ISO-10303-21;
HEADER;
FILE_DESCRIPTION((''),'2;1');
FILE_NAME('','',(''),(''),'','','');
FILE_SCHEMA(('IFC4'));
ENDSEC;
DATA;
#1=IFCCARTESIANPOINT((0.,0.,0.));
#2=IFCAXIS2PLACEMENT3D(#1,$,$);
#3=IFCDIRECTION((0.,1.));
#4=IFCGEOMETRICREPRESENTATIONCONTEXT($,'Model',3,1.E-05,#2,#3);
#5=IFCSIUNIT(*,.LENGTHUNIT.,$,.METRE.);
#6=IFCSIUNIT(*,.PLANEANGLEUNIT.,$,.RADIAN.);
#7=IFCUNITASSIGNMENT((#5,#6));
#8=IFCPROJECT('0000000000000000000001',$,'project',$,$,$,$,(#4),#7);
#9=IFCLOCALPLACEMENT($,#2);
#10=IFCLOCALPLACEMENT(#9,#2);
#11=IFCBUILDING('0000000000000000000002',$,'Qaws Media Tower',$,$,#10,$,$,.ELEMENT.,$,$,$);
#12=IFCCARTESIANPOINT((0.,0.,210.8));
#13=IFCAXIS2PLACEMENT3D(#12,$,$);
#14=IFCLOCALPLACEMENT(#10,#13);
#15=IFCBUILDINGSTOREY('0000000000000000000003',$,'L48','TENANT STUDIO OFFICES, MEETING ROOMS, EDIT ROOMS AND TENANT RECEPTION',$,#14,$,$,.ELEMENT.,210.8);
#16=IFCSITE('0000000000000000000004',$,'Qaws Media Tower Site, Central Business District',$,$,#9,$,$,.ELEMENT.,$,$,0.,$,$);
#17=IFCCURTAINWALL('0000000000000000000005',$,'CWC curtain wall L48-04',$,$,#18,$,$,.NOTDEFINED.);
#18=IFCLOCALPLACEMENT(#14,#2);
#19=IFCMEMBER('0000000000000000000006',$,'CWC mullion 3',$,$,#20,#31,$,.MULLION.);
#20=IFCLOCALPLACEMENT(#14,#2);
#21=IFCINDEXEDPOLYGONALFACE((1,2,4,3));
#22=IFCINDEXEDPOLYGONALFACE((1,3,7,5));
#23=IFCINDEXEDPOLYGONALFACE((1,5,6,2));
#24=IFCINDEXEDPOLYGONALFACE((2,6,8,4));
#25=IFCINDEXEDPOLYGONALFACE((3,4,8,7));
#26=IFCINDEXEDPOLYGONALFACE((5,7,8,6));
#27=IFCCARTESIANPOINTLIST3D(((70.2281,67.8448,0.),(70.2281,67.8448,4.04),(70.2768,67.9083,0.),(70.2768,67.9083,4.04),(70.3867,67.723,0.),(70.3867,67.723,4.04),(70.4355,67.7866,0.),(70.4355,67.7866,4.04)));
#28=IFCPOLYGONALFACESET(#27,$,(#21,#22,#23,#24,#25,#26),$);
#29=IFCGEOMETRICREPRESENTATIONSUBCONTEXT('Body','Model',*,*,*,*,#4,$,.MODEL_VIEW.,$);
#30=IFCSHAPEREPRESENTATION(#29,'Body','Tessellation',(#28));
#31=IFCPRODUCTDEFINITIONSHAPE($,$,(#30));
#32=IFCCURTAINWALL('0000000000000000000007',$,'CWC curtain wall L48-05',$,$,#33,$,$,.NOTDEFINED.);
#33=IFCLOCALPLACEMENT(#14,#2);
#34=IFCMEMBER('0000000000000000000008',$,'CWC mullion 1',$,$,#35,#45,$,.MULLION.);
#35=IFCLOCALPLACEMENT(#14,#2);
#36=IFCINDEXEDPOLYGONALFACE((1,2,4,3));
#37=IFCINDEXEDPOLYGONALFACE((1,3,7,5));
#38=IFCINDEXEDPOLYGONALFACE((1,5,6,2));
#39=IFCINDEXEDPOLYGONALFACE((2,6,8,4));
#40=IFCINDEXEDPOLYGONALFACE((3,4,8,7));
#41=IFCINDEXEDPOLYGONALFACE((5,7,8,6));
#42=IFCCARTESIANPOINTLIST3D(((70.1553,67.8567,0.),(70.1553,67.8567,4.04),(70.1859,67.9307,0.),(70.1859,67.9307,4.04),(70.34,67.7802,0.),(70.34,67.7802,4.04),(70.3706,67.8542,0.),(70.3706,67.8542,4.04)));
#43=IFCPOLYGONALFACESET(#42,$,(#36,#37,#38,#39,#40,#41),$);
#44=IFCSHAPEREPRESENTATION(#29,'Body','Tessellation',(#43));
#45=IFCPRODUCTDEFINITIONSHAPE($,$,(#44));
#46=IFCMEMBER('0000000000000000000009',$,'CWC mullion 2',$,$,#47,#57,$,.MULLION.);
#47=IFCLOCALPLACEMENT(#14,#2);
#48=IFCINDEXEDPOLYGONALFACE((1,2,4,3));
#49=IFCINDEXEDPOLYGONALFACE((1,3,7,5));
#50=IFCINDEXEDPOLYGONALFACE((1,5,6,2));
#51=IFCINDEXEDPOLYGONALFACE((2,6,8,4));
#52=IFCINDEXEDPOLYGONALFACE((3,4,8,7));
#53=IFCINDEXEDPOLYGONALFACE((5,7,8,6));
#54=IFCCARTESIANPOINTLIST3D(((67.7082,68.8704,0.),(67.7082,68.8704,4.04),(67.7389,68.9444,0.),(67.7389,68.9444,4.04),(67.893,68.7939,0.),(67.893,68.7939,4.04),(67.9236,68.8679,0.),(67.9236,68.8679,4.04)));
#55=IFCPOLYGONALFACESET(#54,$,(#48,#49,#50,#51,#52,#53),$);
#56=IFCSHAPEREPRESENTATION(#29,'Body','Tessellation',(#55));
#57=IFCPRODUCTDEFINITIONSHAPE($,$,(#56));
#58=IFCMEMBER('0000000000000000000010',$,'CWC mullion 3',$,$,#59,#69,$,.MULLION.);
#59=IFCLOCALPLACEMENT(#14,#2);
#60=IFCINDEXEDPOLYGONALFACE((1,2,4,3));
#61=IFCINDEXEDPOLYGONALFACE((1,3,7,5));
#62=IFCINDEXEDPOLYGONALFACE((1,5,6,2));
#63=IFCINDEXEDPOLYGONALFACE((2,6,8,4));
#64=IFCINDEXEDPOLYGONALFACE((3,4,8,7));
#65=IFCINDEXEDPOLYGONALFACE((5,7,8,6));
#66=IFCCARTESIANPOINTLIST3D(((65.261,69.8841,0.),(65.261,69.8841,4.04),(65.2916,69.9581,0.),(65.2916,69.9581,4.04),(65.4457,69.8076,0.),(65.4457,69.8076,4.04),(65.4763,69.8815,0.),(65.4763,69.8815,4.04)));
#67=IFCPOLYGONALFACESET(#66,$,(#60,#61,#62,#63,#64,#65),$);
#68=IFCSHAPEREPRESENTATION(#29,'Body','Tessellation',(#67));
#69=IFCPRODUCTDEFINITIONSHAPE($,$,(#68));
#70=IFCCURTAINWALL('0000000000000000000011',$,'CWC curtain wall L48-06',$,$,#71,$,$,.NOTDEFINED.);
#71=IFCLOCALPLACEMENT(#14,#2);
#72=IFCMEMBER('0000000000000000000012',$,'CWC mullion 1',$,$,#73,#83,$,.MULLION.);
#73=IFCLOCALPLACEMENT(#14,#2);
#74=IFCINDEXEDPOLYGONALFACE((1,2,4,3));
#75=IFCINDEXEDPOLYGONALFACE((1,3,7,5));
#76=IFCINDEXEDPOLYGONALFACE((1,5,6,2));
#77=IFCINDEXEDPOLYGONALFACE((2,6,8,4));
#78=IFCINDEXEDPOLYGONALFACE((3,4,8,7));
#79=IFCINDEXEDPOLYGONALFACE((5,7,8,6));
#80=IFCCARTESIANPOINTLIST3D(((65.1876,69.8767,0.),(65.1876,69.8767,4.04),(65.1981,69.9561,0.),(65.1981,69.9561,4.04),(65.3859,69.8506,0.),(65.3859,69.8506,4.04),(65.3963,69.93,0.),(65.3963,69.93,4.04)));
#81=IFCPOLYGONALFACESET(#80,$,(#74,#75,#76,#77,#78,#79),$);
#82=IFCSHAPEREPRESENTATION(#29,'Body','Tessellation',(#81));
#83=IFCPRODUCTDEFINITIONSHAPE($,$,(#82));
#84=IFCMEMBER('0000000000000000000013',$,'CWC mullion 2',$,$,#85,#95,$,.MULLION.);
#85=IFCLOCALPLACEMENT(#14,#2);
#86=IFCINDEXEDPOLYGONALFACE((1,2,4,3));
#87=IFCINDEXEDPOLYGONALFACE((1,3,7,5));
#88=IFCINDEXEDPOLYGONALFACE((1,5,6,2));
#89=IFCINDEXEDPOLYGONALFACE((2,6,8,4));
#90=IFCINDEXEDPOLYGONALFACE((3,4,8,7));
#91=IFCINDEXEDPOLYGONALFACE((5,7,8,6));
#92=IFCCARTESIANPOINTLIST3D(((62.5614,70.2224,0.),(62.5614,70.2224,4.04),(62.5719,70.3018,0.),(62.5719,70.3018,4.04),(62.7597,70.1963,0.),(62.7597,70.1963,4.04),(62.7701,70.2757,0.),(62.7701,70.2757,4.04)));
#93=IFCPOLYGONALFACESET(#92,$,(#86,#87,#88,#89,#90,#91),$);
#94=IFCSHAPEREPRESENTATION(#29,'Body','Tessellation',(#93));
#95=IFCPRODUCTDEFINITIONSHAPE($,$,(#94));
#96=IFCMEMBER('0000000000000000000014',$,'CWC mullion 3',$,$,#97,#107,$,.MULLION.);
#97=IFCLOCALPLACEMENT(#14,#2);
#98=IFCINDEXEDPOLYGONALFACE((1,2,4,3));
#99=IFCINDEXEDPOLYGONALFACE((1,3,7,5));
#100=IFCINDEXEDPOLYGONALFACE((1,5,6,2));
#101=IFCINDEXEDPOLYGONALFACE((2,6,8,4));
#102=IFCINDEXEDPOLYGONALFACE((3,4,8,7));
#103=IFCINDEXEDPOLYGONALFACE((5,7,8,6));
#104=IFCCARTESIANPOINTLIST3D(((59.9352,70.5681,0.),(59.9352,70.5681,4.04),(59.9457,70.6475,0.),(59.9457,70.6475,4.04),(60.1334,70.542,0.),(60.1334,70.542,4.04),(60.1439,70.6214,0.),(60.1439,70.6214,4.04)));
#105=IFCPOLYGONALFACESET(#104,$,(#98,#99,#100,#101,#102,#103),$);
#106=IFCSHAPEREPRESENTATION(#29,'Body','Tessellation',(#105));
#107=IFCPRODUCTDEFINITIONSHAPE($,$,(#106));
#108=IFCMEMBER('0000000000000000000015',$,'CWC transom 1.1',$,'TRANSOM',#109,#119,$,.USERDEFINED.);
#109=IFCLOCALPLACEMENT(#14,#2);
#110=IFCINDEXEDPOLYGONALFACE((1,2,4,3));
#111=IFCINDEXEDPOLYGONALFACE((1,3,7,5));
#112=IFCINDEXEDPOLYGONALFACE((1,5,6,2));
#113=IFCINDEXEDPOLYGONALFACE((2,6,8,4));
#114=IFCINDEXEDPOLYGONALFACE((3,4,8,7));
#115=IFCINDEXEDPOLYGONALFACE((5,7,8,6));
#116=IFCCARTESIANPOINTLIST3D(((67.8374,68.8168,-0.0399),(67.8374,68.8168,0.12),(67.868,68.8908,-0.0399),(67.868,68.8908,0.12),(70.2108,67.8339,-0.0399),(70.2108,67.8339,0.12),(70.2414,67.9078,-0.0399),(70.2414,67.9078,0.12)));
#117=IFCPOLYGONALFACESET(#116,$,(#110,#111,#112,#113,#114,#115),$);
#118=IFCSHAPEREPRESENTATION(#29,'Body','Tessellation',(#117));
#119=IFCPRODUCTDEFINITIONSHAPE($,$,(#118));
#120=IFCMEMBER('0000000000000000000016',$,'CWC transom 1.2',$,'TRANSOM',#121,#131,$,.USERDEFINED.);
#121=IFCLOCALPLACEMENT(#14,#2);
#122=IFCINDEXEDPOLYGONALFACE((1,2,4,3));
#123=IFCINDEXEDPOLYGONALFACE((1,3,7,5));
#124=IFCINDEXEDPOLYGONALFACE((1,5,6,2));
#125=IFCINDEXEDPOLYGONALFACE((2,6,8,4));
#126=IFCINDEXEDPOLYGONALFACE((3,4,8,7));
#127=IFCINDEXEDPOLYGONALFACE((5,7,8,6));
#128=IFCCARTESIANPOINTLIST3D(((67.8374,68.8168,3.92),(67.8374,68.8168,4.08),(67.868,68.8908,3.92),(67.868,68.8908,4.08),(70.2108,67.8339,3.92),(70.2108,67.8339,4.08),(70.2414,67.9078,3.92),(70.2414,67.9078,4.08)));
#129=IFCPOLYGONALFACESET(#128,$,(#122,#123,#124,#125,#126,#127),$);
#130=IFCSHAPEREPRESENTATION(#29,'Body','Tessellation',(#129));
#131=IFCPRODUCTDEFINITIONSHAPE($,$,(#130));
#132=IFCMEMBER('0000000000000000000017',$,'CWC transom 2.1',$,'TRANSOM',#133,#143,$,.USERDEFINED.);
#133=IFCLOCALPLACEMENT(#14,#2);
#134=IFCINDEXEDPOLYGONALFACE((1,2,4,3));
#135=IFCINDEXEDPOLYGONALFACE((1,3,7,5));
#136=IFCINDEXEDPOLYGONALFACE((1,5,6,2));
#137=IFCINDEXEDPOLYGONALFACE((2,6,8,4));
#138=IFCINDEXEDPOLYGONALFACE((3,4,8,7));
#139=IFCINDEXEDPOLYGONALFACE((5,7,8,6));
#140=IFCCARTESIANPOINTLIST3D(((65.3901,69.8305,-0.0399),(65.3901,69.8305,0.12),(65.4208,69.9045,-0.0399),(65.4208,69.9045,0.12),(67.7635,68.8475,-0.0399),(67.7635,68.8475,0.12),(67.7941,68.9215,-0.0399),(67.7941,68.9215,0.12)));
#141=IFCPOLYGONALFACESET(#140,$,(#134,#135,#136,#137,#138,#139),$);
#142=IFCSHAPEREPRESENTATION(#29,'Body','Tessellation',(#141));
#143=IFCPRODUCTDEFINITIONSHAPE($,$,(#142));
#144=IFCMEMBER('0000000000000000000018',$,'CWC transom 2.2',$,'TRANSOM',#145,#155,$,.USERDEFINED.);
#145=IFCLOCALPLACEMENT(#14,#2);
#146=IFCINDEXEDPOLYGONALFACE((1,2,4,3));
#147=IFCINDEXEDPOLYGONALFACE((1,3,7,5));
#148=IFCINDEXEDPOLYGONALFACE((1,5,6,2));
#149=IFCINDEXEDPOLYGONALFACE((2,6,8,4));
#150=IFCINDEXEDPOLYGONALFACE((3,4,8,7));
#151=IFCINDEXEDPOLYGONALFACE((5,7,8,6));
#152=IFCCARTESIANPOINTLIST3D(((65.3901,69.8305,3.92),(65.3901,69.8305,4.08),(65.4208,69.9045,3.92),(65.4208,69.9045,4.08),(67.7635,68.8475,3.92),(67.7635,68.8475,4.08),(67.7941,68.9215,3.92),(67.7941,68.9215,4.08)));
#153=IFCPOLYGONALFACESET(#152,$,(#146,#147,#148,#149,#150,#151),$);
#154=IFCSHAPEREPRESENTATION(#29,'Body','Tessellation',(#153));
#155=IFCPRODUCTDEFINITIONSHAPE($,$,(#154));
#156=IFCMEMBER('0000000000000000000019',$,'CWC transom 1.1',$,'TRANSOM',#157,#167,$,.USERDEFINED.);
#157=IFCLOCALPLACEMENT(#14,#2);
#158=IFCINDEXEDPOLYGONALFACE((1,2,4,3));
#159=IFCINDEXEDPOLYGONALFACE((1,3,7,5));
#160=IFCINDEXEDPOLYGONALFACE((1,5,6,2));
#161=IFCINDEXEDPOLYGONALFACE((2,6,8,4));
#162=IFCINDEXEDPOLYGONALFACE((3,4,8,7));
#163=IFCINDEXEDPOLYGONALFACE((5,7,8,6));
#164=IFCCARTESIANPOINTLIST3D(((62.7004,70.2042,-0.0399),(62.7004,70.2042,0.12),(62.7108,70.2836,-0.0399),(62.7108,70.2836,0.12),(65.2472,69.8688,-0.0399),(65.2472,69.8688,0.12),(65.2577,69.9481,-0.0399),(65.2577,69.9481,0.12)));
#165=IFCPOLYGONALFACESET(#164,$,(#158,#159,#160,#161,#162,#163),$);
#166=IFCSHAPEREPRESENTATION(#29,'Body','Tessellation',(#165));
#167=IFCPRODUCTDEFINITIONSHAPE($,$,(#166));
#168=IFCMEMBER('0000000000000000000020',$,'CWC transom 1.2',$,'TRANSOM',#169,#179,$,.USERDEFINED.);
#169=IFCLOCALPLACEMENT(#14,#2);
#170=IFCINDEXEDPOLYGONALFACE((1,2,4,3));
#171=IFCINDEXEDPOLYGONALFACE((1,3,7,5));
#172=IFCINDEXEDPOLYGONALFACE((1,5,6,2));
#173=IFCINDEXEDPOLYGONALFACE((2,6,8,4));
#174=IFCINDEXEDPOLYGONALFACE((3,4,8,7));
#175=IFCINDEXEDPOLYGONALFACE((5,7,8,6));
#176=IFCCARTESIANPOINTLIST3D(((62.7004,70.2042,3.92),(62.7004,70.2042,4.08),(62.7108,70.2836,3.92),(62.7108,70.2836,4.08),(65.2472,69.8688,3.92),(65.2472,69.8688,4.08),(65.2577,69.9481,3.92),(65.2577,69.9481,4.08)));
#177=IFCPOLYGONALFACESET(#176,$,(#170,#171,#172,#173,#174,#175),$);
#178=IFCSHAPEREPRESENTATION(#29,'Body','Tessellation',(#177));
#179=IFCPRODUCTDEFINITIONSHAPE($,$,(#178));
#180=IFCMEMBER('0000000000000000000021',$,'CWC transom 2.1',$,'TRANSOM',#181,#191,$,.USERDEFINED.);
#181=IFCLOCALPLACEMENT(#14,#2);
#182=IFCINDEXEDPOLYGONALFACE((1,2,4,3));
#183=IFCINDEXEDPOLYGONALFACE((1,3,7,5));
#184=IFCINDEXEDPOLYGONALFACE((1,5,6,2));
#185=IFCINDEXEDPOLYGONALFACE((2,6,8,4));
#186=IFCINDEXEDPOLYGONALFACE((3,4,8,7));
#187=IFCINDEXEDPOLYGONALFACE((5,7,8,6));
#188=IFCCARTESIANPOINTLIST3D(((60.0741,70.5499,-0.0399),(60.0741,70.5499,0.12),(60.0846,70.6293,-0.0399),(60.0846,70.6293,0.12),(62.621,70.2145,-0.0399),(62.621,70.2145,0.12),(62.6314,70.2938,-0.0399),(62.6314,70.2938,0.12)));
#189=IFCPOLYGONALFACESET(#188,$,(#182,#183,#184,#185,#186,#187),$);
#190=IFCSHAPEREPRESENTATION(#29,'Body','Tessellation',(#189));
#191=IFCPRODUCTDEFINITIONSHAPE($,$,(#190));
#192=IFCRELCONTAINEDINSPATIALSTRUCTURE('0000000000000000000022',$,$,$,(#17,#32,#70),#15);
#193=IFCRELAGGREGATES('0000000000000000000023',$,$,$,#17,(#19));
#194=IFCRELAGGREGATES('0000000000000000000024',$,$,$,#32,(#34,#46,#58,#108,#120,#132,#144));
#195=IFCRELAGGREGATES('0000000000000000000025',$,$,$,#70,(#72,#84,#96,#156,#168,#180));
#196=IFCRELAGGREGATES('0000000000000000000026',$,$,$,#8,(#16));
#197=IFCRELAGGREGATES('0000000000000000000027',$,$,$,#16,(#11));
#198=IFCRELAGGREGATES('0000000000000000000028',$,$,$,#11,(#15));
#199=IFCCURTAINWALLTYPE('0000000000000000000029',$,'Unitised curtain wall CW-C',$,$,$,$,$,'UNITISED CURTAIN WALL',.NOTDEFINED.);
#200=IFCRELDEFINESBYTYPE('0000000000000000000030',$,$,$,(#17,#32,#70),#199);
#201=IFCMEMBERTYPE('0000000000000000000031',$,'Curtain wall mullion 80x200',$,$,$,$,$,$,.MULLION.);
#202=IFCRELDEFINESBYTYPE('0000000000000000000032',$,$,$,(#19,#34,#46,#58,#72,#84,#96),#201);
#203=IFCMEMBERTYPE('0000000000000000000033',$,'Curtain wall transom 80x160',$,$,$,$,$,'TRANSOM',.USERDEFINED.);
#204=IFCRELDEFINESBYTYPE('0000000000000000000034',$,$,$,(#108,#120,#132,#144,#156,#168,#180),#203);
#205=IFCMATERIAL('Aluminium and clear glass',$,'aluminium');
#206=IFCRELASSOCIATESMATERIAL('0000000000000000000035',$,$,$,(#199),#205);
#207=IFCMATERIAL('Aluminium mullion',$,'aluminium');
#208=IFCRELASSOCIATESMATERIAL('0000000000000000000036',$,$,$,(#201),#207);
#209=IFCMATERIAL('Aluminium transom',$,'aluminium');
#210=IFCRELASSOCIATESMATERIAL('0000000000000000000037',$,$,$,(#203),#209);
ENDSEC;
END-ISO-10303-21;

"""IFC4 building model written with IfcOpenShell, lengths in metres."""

from ifc_helpers import new_model, si_unit, direction, frame, origin, origin_2d, place, context, subcontext, project, spatial, rectangle, extrude, material, material_profile, profile_set, type_object, element, aggregate, save


model = new_model("IFC4")

# Units and contexts
model_context = context("Model", 3, precision=1e-05, world=origin(), true_north=direction((0.0, 1.0)))
body_context = subcontext(model_context, "Body", "Model", "MODEL_VIEW")
ifc_project = project(units=[si_unit("LENGTHUNIT", "METRE"), si_unit("PLANEANGLEUNIT", "RADIAN")], contexts=[model_context])

# Site, building, storey
site_placement = place(None, origin())
site = spatial("IfcSite", under=ifc_project, at=site_placement, Name="Qaws Media Tower Site, Central Business District", CompositionType="ELEMENT", RefElevation=0.0)
building_placement = place(site_placement, origin())
building = spatial("IfcBuilding", under=site, at=building_placement, Name="Qaws Media Tower", CompositionType="ELEMENT")
storey_placement = place(building_placement, frame((0.0, 0.0, 210.8)))
storey = spatial("IfcBuildingStorey", under=building, at=storey_placement, Name="L48", Description="TENANT STUDIO OFFICES, MEETING ROOMS, EDIT ROOMS AND TENANT RECEPTION", CompositionType="ELEMENT", Elevation=210.8)

# Curtain wall, member
ifc_material_1 = material(Name="Aluminium and clear glass", Category="aluminium")
curtain_wall_type = type_object("IfcCurtainWallType", Name="Unitised curtain wall CW-C", ElementType="UNITISED CURTAIN WALL", PredefinedType="NOTDEFINED", material=ifc_material_1)
curtain_wall_1_placement = place(storey_placement, origin())
curtain_wall_1 = element("IfcCurtainWall", 1, at=curtain_wall_1_placement, inside=storey, type_object=curtain_wall_type, Name="CWC curtain wall L48-04", PredefinedType="NOTDEFINED")
ifc_material_2 = material(Name="Aluminium mullion", Category="aluminium")
ifc_material_profile_1 = material_profile(ifc_material_2, rectangle(XDim=0.0801, YDim=0.2, at=origin_2d()), Name="80x200")
ifc_profile_set_1 = profile_set([ifc_material_profile_1], Name="Aluminium mullion")
member_type_1 = type_object("IfcMemberType", Name="Curtain wall mullion 80x200", PredefinedType="MULLION", material=ifc_profile_set_1)
member_1_placement = place(storey_placement, frame((70.3318, 67.8157, 0.0), z_axis=(0.0, 0.0, 1.0), x_axis=(-0.608761, -0.793353, 0.0)))
member_1 = element("IfcMember", 2, at=member_1_placement, type_object=member_type_1, Name="CWC mullion 3", PredefinedType="MULLION", context=body_context, shape_type="SweptSolid", body=[
    extrude(rectangle(XDim=0.0801, YDim=0.2, at=origin_2d()), origin(), (0.0, 0.0, 1.0), 4.04),
])
aggregate(curtain_wall_1, [member_1])

# Curtain walls, members
curtain_wall_2_placement = place(storey_placement, origin())
curtain_wall_2 = element("IfcCurtainWall", 3, at=curtain_wall_2_placement, inside=storey, type_object=curtain_wall_type, Name="CWC curtain wall L48-05", PredefinedType="NOTDEFINED")
member_2_placement = place(storey_placement, frame((70.2629, 67.8555, 0.0), z_axis=(0.0, 0.0, 1.0), x_axis=(-0.382683, -0.92388, 0.0)))
member_2 = element("IfcMember", 4, at=member_2_placement, type_object=member_type_1, Name="CWC mullion 1", PredefinedType="MULLION", context=body_context, shape_type="SweptSolid", body=[
    extrude(rectangle(XDim=0.0801, YDim=0.2, at=origin_2d()), origin(), (0.0, 0.0, 1.0), 4.04),
])
member_3_placement = place(storey_placement, frame((67.8159, 68.8691, 0.0), z_axis=(0.0, 0.0, 1.0), x_axis=(-0.382683, -0.92388, 0.0)))
member_3 = element("IfcMember", 5, at=member_3_placement, type_object=member_type_1, Name="CWC mullion 2", PredefinedType="MULLION", context=body_context, shape_type="SweptSolid", body=[
    extrude(rectangle(XDim=0.0801, YDim=0.2, at=origin_2d()), origin(), (0.0, 0.0, 1.0), 4.04),
])
member_4_placement = place(storey_placement, frame((65.3687, 69.8828, 0.0), z_axis=(0.0, 0.0, 1.0), x_axis=(-0.382683, -0.92388, 0.0)))
member_4 = element("IfcMember", 6, at=member_4_placement, type_object=member_type_1, Name="CWC mullion 3", PredefinedType="MULLION", context=body_context, shape_type="SweptSolid", body=[
    extrude(rectangle(XDim=0.0801, YDim=0.2, at=origin_2d()), origin(), (0.0, 0.0, 1.0), 4.04),
])
curtain_wall_3_placement = place(storey_placement, origin())
curtain_wall_3 = element("IfcCurtainWall", 7, at=curtain_wall_3_placement, inside=storey, type_object=curtain_wall_type, Name="CWC curtain wall L48-06", PredefinedType="NOTDEFINED")
member_5_placement = place(storey_placement, frame((65.292, 69.9033, 0.0), z_axis=(0.0, 0.0, 1.0), x_axis=(-0.130526, -0.991445, 0.0)))
member_5 = element("IfcMember", 8, at=member_5_placement, type_object=member_type_1, Name="CWC mullion 1", PredefinedType="MULLION", context=body_context, shape_type="SweptSolid", body=[
    extrude(rectangle(XDim=0.0801, YDim=0.2, at=origin_2d()), origin(), (0.0, 0.0, 1.0), 4.04),
])
member_6_placement = place(storey_placement, frame((62.6658, 70.249, 0.0), z_axis=(0.0, 0.0, 1.0), x_axis=(-0.130526, -0.991445, 0.0)))
member_6 = element("IfcMember", 9, at=member_6_placement, type_object=member_type_1, Name="CWC mullion 2", PredefinedType="MULLION", context=body_context, shape_type="SweptSolid", body=[
    extrude(rectangle(XDim=0.0801, YDim=0.2, at=origin_2d()), origin(), (0.0, 0.0, 1.0), 4.04),
])
member_7_placement = place(storey_placement, frame((60.0396, 70.5947, 0.0), z_axis=(0.0, 0.0, 1.0), x_axis=(-0.130526, -0.991445, 0.0)))
member_7 = element("IfcMember", 10, at=member_7_placement, type_object=member_type_1, Name="CWC mullion 3", PredefinedType="MULLION", context=body_context, shape_type="SweptSolid", body=[
    extrude(rectangle(XDim=0.0801, YDim=0.2, at=origin_2d()), origin(), (0.0, 0.0, 1.0), 4.04),
])

# Members
ifc_material_3 = material(Name="Aluminium transom", Category="aluminium")
ifc_material_profile_2 = material_profile(ifc_material_3, rectangle(XDim=0.0801, YDim=0.1599, at=origin_2d()), Name="80x160")
ifc_profile_set_2 = profile_set([ifc_material_profile_2], Name="Aluminium transom")
member_type_2 = type_object("IfcMemberType", Name="Curtain wall transom 80x160", ElementType="TRANSOM", PredefinedType="USERDEFINED", material=ifc_profile_set_2)
member_8_placement = place(storey_placement, frame((70.2261, 67.8708, 0.04), z_axis=(-0.923899, 0.382637, 0.0), x_axis=(-0.382637, -0.923899, 0.0)))
member_8 = element("IfcMember", 11, at=member_8_placement, type_object=member_type_2, Name="CWC transom 1.1", ObjectType="TRANSOM", PredefinedType="USERDEFINED", context=body_context, shape_type="SweptSolid", body=[
    extrude(rectangle(XDim=0.0801, YDim=0.1599, at=origin_2d()), origin(), (0.0, 0.0, 1.0), 2.5688),
])
member_9_placement = place(storey_placement, frame((70.2261, 67.8708, 4.0), z_axis=(-0.923899, 0.382637, 0.0), x_axis=(-0.382637, -0.923899, 0.0)))
member_9 = element("IfcMember", 12, at=member_9_placement, type_object=member_type_2, Name="CWC transom 1.2", ObjectType="TRANSOM", PredefinedType="USERDEFINED", context=body_context, shape_type="SweptSolid", body=[
    extrude(rectangle(XDim=0.0801, YDim=0.1599, at=origin_2d()), origin(), (0.0, 0.0, 1.0), 2.5688),
])
member_10_placement = place(storey_placement, frame((67.7788, 68.8845, 0.04), z_axis=(-0.923899, 0.382637, 0.0), x_axis=(-0.382637, -0.923899, 0.0)))
member_10 = element("IfcMember", 13, at=member_10_placement, type_object=member_type_2, Name="CWC transom 2.1", ObjectType="TRANSOM", PredefinedType="USERDEFINED", context=body_context, shape_type="SweptSolid", body=[
    extrude(rectangle(XDim=0.0801, YDim=0.1599, at=origin_2d()), origin(), (0.0, 0.0, 1.0), 2.5688),
])
member_11_placement = place(storey_placement, frame((67.7788, 68.8845, 4.0), z_axis=(-0.923899, 0.382637, 0.0), x_axis=(-0.382637, -0.923899, 0.0)))
member_11 = element("IfcMember", 14, at=member_11_placement, type_object=member_type_2, Name="CWC transom 2.2", ObjectType="TRANSOM", PredefinedType="USERDEFINED", context=body_context, shape_type="SweptSolid", body=[
    extrude(rectangle(XDim=0.0801, YDim=0.1599, at=origin_2d()), origin(), (0.0, 0.0, 1.0), 2.5688),
])
member_12_placement = place(storey_placement, frame((65.2524, 69.9084, 0.04), z_axis=(-0.991437, 0.130582, 0.0), x_axis=(-0.130582, -0.991437, 0.0)))
member_12 = element("IfcMember", 15, at=member_12_placement, type_object=member_type_2, Name="CWC transom 1.1", ObjectType="TRANSOM", PredefinedType="USERDEFINED", context=body_context, shape_type="SweptSolid", body=[
    extrude(rectangle(XDim=0.0801, YDim=0.1599, at=origin_2d()), origin(), (0.0, 0.0, 1.0), 2.5688),
])
member_13_placement = place(storey_placement, frame((65.2524, 69.9084, 4.0), z_axis=(-0.991437, 0.130582, 0.0), x_axis=(-0.130582, -0.991437, 0.0)))
member_13 = element("IfcMember", 16, at=member_13_placement, type_object=member_type_2, Name="CWC transom 1.2", ObjectType="TRANSOM", PredefinedType="USERDEFINED", context=body_context, shape_type="SweptSolid", body=[
    extrude(rectangle(XDim=0.0801, YDim=0.1599, at=origin_2d()), origin(), (0.0, 0.0, 1.0), 2.5688),
])
member_14_placement = place(storey_placement, frame((62.6262, 70.2542, 0.04), z_axis=(-0.991437, 0.130582, 0.0), x_axis=(-0.130582, -0.991437, 0.0)))
member_14 = element("IfcMember", 17, at=member_14_placement, type_object=member_type_2, Name="CWC transom 2.1", ObjectType="TRANSOM", PredefinedType="USERDEFINED", context=body_context, shape_type="SweptSolid", body=[
    extrude(rectangle(XDim=0.0801, YDim=0.1599, at=origin_2d()), origin(), (0.0, 0.0, 1.0), 2.5688),
])

aggregate(curtain_wall_2, [member_2, member_3, member_4, member_8, member_9, member_10, member_11])
aggregate(curtain_wall_3, [member_5, member_6, member_7, member_12, member_13, member_14])

save(model, "model.ifc")
